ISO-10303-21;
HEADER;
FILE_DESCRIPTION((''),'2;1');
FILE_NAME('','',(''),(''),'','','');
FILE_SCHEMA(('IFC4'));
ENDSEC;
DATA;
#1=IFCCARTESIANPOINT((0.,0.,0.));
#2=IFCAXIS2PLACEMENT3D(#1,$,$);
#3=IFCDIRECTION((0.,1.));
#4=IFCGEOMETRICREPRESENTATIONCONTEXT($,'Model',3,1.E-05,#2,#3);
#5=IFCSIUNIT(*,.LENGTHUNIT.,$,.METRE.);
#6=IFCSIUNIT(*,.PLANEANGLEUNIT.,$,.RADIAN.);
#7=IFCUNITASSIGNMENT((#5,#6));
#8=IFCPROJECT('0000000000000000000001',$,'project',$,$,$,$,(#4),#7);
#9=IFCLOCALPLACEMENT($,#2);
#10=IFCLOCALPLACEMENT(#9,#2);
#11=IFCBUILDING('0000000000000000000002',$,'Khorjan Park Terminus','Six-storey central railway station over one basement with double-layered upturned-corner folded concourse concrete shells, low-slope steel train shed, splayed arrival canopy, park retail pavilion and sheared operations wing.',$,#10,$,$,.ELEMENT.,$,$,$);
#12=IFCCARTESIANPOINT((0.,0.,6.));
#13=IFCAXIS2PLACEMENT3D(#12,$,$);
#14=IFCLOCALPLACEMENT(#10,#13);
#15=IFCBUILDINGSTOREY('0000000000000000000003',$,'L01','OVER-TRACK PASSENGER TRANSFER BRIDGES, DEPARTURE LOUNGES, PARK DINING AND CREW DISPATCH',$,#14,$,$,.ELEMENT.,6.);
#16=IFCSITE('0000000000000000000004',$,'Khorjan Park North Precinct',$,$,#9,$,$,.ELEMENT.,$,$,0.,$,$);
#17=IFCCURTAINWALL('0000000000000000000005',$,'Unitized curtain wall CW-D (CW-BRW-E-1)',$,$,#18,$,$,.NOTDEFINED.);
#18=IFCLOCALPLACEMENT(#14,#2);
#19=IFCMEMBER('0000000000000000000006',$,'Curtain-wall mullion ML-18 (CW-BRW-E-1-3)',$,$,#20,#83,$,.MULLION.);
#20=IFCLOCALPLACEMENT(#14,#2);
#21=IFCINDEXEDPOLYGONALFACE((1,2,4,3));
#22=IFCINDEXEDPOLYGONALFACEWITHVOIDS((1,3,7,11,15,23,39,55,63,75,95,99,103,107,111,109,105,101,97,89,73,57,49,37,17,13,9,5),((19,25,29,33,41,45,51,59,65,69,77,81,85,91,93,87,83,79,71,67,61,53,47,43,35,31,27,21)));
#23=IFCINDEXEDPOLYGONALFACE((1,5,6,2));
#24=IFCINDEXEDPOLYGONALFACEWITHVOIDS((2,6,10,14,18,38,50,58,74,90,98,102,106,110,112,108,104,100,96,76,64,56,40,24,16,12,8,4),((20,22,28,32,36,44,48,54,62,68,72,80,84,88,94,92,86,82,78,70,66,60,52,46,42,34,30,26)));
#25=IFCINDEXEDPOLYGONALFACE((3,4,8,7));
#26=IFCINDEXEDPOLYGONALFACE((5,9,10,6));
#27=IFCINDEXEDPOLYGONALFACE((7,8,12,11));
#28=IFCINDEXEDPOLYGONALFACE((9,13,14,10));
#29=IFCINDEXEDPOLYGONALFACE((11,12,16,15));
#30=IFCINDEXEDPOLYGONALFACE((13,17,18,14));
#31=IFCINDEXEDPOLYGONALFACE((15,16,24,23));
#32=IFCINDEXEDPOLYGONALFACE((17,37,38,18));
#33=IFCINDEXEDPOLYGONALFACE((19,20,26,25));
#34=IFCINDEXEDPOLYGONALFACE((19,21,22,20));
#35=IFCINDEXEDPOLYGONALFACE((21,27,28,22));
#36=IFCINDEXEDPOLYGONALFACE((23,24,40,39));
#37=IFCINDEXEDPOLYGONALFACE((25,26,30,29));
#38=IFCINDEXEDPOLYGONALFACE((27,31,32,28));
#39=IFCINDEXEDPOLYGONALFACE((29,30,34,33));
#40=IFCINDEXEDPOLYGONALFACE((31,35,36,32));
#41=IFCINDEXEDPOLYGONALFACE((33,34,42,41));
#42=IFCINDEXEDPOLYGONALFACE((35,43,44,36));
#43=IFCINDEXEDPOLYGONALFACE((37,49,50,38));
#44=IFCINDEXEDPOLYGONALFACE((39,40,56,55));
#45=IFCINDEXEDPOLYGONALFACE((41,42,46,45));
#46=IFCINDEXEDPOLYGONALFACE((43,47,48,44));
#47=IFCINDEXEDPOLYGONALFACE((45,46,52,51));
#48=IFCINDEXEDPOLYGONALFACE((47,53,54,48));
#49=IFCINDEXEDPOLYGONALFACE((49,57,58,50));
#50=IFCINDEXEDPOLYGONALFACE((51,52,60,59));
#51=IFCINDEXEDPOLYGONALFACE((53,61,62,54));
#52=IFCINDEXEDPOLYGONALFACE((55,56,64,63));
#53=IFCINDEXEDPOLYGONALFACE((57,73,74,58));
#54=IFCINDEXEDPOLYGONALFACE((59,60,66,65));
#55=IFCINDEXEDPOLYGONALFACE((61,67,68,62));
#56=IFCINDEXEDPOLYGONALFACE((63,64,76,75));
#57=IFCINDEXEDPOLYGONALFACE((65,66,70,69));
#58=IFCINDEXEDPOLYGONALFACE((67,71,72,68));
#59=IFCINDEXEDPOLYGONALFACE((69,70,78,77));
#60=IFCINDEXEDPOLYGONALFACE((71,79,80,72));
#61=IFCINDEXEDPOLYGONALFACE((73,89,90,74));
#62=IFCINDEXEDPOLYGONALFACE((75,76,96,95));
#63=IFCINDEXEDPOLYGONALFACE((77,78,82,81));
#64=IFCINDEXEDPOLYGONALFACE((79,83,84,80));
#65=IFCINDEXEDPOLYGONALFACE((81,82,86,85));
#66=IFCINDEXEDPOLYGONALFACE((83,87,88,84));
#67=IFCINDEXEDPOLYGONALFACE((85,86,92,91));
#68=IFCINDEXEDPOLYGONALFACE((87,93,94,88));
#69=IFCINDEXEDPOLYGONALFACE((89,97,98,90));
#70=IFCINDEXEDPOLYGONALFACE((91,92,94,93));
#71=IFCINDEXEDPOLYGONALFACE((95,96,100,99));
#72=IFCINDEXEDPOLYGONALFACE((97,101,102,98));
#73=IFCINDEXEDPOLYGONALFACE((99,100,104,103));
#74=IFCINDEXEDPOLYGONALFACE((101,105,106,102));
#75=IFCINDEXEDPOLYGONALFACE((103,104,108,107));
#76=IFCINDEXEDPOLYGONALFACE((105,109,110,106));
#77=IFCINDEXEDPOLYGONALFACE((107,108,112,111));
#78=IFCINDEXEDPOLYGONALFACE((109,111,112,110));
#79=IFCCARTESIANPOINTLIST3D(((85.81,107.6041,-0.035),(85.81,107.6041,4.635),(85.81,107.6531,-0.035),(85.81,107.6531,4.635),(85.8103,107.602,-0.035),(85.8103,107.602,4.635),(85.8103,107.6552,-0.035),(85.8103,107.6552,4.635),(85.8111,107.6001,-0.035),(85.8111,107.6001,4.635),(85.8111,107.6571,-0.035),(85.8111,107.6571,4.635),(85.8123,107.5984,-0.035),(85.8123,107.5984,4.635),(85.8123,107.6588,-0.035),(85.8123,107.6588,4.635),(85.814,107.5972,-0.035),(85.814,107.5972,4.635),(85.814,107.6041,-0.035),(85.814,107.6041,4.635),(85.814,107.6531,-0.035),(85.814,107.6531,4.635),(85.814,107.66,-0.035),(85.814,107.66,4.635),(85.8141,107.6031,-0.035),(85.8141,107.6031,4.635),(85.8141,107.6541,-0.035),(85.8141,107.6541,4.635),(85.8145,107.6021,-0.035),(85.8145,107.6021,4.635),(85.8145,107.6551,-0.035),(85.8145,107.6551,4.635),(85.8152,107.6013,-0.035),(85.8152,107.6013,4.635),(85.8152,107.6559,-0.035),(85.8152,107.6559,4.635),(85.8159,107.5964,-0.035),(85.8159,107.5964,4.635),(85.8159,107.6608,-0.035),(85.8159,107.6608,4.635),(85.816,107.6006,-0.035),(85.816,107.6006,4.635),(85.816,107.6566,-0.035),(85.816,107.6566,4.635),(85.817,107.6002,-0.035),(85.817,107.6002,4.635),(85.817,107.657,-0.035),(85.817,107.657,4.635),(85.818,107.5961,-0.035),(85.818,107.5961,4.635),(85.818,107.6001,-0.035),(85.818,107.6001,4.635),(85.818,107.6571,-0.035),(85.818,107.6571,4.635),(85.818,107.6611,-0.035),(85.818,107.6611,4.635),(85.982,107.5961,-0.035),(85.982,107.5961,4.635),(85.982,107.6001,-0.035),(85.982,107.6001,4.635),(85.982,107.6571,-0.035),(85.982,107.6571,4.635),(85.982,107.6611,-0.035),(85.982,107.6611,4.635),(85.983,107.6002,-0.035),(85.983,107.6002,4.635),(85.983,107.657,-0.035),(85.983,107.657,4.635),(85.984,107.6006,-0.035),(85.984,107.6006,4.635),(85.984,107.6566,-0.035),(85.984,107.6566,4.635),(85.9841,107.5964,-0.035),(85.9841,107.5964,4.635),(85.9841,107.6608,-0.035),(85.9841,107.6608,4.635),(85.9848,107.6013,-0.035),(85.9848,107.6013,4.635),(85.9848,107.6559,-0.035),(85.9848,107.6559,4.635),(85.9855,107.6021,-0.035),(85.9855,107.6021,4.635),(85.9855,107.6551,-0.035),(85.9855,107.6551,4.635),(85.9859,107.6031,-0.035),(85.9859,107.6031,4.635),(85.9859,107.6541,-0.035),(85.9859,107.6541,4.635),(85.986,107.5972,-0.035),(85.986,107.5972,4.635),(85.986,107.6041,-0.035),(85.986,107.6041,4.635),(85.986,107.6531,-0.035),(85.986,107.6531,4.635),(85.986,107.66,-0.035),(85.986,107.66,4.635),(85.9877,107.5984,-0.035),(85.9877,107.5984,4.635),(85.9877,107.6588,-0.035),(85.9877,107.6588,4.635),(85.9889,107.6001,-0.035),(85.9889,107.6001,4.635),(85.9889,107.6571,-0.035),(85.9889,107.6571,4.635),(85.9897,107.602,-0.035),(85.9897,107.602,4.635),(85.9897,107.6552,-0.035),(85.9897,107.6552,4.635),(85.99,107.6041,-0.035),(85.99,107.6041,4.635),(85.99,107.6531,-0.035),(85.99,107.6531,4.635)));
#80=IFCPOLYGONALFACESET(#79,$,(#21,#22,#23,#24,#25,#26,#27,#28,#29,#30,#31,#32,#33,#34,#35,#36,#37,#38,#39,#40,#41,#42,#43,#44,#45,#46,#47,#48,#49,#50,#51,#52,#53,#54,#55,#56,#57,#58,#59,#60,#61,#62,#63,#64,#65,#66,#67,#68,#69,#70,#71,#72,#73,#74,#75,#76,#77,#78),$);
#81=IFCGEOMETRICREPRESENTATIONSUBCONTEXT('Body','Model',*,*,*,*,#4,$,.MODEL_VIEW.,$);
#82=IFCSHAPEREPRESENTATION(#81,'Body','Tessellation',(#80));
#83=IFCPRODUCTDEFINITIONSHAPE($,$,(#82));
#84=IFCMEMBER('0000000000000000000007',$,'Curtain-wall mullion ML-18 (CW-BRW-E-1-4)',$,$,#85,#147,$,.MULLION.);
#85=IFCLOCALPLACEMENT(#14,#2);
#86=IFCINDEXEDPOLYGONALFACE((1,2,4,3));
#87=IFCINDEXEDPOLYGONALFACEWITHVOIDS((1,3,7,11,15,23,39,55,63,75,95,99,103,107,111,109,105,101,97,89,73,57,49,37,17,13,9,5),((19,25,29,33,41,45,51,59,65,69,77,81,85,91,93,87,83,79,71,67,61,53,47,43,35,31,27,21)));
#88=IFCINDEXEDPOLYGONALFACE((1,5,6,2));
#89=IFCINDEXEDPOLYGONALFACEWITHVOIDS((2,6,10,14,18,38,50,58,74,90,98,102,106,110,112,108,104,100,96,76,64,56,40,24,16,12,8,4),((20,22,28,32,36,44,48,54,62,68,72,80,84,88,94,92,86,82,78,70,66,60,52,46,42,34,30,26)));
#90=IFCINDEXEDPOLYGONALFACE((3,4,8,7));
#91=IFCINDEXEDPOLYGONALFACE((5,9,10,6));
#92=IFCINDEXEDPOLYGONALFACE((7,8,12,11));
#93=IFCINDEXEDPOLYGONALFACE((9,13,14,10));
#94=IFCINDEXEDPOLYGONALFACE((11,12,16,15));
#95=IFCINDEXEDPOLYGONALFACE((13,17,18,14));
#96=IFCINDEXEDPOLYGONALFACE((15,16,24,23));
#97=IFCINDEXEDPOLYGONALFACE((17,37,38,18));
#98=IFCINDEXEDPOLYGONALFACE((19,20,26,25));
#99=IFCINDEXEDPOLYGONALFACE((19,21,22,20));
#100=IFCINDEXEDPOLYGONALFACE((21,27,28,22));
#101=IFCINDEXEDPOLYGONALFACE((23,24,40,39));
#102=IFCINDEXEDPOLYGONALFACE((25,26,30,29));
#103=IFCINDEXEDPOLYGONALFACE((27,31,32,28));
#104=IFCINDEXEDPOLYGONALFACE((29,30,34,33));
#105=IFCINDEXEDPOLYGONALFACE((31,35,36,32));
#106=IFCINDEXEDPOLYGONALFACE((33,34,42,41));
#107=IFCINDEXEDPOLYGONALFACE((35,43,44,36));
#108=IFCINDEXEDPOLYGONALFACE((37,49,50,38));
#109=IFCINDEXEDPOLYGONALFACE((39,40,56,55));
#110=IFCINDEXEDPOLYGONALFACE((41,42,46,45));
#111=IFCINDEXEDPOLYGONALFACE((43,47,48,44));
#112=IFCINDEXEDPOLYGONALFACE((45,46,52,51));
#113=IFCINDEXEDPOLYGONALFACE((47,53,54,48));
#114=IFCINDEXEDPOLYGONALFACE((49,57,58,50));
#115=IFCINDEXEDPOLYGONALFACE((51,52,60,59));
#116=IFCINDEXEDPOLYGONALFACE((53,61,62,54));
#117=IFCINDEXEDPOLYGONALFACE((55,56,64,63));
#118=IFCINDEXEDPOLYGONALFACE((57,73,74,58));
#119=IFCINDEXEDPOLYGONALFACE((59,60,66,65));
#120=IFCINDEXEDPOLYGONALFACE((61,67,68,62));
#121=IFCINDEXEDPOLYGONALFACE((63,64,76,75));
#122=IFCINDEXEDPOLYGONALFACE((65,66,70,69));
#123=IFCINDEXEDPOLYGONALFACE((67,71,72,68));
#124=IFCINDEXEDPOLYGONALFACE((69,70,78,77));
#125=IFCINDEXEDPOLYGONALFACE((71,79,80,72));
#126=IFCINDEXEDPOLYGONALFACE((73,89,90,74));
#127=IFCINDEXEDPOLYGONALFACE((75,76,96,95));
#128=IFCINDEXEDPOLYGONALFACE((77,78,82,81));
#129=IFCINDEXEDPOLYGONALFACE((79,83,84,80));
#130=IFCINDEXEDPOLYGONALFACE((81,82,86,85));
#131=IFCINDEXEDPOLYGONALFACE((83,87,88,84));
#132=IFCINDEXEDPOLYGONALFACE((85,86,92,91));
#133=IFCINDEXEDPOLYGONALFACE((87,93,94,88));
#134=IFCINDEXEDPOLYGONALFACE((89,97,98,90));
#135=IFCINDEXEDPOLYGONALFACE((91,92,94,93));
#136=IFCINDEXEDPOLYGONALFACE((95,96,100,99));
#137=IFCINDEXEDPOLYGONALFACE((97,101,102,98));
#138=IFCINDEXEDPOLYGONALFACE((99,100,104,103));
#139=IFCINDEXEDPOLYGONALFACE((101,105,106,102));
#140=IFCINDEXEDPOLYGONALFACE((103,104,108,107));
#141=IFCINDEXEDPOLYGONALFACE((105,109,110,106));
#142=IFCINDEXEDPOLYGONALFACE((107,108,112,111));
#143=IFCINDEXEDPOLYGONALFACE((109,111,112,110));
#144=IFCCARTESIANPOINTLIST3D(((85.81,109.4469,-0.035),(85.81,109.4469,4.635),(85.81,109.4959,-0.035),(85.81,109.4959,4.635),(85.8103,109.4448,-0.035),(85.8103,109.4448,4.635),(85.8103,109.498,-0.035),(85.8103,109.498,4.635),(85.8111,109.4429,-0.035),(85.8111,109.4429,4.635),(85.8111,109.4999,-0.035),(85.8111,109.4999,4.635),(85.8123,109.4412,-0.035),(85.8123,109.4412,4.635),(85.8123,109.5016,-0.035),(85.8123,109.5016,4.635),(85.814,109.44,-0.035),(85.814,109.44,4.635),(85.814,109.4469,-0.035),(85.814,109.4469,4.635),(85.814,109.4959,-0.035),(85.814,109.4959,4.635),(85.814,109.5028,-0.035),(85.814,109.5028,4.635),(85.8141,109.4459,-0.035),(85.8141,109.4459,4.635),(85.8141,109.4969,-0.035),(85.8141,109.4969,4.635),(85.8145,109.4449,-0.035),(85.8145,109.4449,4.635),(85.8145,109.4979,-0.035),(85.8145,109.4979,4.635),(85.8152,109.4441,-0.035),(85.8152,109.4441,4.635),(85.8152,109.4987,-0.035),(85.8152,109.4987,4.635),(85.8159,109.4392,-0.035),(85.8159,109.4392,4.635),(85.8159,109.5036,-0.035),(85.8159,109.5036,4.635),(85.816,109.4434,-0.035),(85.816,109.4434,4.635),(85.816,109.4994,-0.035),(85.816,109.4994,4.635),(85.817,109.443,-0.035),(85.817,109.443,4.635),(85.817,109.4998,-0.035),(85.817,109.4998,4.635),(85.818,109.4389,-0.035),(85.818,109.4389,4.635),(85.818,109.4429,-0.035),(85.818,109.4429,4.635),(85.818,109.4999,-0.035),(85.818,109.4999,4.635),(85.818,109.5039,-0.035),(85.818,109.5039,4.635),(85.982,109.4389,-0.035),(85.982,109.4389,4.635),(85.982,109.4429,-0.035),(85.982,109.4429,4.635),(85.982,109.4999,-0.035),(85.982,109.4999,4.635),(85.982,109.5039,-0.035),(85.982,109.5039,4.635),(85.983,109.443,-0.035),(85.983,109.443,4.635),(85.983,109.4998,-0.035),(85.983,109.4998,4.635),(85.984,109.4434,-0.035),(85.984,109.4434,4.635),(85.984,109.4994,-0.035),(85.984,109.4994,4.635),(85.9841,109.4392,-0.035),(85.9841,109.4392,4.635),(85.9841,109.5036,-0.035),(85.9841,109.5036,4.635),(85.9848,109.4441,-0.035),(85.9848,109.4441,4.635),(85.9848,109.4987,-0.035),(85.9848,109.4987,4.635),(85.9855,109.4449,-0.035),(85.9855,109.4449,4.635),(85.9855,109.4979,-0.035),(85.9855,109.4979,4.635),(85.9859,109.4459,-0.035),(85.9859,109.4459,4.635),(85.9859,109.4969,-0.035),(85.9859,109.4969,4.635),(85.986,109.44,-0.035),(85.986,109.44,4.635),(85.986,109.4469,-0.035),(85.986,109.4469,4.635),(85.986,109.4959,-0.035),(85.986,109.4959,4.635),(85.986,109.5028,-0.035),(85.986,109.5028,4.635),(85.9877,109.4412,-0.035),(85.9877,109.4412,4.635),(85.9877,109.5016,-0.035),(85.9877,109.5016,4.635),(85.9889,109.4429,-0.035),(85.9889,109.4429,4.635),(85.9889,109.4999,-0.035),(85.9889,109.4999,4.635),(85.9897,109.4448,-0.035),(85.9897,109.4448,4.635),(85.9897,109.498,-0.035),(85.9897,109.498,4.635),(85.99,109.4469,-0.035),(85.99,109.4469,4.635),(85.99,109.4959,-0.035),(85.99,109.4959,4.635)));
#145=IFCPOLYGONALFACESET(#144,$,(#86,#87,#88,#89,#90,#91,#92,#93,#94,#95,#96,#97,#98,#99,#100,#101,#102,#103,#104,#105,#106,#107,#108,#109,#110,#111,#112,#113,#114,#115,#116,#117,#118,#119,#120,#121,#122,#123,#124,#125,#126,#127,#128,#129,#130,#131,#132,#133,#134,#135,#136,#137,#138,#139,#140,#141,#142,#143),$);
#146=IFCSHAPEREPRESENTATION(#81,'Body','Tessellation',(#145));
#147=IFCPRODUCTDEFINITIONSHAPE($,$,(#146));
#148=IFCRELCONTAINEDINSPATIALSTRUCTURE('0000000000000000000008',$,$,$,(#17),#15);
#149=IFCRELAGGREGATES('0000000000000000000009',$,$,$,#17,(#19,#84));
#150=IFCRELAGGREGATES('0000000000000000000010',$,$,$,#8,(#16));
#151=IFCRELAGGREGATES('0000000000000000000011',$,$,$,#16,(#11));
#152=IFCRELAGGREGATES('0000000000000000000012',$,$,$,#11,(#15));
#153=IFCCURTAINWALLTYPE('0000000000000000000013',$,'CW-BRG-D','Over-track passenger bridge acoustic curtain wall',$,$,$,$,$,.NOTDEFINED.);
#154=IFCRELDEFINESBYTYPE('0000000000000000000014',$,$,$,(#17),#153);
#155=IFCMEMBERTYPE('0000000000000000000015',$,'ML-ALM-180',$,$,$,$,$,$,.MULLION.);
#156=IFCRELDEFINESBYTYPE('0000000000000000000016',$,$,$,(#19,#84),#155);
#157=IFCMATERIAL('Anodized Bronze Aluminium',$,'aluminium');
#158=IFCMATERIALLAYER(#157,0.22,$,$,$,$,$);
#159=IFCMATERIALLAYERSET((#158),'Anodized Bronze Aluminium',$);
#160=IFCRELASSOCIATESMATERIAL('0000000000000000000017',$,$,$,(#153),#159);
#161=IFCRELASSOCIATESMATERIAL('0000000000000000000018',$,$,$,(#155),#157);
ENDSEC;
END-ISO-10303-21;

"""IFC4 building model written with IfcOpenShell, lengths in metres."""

from ifc_helpers import new_model, si_unit, direction, frame, origin, origin_2d, place, context, subcontext, project, spatial, hollow_rectangle, extrude, material, layer, layer_set, material_profile, profile_set, type_object, element, aggregate, save


model = new_model("IFC4")

# Units and contexts
model_context = context("Model", 3, precision=1e-05, world=origin(), true_north=direction((0.0, 1.0)))
body_context = subcontext(model_context, "Body", "Model", "MODEL_VIEW")
ifc_project = project(units=[si_unit("LENGTHUNIT", "METRE"), si_unit("PLANEANGLEUNIT", "RADIAN")], contexts=[model_context])

# Site, building, storey
site_placement = place(None, origin())
site = spatial("IfcSite", under=ifc_project, at=site_placement, Name="Khorjan Park North Precinct", CompositionType="ELEMENT", RefElevation=0.0)
building_placement = place(site_placement, origin())
building = spatial("IfcBuilding", under=site, at=building_placement, Name="Khorjan Park Terminus", Description="Six-storey central railway station over one basement with double-layered upturned-corner folded concourse concrete shells, low-slope steel train shed, splayed arrival canopy, park retail pavilion and sheared operations wing.", CompositionType="ELEMENT")
storey_placement = place(building_placement, frame((0.0, 0.0, 6.0)))
storey = spatial("IfcBuildingStorey", under=building, at=storey_placement, Name="L01", Description="OVER-TRACK PASSENGER TRANSFER BRIDGES, DEPARTURE LOUNGES, PARK DINING AND CREW DISPATCH", CompositionType="ELEMENT", Elevation=6.0)

# Curtain wall, members
ifc_material_1 = material(Name="Anodized Bronze Aluminium", Category="aluminium")
ifc_layer_1 = layer(ifc_material_1, 0.22)
ifc_layer_set_1 = layer_set([ifc_layer_1], Name="Anodized Bronze Aluminium")
curtain_wall_type = type_object("IfcCurtainWallType", Name="CW-BRG-D", Description="Over-track passenger bridge acoustic curtain wall", PredefinedType="NOTDEFINED", material=ifc_layer_set_1)
curtain_wall_1_placement = place(storey_placement, origin())
curtain_wall_1 = element("IfcCurtainWall", 1, at=curtain_wall_1_placement, inside=storey, type_object=curtain_wall_type, Name="Unitized curtain wall CW-D (CW-BRW-E-1)", PredefinedType="NOTDEFINED")
ifc_material_profile_1 = material_profile(ifc_material_1, hollow_rectangle(XDim=0.065, YDim=0.18, WallThickness=0.004, InnerFilletRadius=0.004, OuterFilletRadius=0.008, at=origin_2d()), Name="ALM 65x180x4")
ifc_profile_set_1 = profile_set([ifc_material_profile_1], Name="Anodized Bronze Aluminium")
member_type_1 = type_object("IfcMemberType", Name="ML-ALM-180", PredefinedType="MULLION", material=ifc_profile_set_1)
member_1_placement = place(storey_placement, frame((85.9, 107.6286, -0.035), z_axis=(0.0, 0.0, 1.0), x_axis=(0.0, 1.0, 0.0)))
member_1 = element("IfcMember", 2, at=member_1_placement, type_object=member_type_1, Name="Curtain-wall mullion ML-18 (CW-BRW-E-1-3)", PredefinedType="MULLION", context=body_context, shape_type="SweptSolid", body=[
    extrude(hollow_rectangle(XDim=0.065, YDim=0.18, WallThickness=0.004, InnerFilletRadius=0.004, OuterFilletRadius=0.008, at=origin_2d()), origin(), (0.0, 0.0, 1.0), 4.67),
])
member_2_placement = place(storey_placement, frame((85.9, 109.4714, -0.035), z_axis=(0.0, 0.0, 1.0), x_axis=(0.0, 1.0, 0.0)))
member_2 = element("IfcMember", 3, at=member_2_placement, type_object=member_type_1, Name="Curtain-wall mullion ML-18 (CW-BRW-E-1-4)", PredefinedType="MULLION", context=body_context, shape_type="SweptSolid", body=[
    extrude(hollow_rectangle(XDim=0.065, YDim=0.18, WallThickness=0.004, InnerFilletRadius=0.004, OuterFilletRadius=0.008, at=origin_2d()), origin(), (0.0, 0.0, 1.0), 4.67),
])

aggregate(curtain_wall_1, [member_1, member_2])

save(model, "model.ifc")
